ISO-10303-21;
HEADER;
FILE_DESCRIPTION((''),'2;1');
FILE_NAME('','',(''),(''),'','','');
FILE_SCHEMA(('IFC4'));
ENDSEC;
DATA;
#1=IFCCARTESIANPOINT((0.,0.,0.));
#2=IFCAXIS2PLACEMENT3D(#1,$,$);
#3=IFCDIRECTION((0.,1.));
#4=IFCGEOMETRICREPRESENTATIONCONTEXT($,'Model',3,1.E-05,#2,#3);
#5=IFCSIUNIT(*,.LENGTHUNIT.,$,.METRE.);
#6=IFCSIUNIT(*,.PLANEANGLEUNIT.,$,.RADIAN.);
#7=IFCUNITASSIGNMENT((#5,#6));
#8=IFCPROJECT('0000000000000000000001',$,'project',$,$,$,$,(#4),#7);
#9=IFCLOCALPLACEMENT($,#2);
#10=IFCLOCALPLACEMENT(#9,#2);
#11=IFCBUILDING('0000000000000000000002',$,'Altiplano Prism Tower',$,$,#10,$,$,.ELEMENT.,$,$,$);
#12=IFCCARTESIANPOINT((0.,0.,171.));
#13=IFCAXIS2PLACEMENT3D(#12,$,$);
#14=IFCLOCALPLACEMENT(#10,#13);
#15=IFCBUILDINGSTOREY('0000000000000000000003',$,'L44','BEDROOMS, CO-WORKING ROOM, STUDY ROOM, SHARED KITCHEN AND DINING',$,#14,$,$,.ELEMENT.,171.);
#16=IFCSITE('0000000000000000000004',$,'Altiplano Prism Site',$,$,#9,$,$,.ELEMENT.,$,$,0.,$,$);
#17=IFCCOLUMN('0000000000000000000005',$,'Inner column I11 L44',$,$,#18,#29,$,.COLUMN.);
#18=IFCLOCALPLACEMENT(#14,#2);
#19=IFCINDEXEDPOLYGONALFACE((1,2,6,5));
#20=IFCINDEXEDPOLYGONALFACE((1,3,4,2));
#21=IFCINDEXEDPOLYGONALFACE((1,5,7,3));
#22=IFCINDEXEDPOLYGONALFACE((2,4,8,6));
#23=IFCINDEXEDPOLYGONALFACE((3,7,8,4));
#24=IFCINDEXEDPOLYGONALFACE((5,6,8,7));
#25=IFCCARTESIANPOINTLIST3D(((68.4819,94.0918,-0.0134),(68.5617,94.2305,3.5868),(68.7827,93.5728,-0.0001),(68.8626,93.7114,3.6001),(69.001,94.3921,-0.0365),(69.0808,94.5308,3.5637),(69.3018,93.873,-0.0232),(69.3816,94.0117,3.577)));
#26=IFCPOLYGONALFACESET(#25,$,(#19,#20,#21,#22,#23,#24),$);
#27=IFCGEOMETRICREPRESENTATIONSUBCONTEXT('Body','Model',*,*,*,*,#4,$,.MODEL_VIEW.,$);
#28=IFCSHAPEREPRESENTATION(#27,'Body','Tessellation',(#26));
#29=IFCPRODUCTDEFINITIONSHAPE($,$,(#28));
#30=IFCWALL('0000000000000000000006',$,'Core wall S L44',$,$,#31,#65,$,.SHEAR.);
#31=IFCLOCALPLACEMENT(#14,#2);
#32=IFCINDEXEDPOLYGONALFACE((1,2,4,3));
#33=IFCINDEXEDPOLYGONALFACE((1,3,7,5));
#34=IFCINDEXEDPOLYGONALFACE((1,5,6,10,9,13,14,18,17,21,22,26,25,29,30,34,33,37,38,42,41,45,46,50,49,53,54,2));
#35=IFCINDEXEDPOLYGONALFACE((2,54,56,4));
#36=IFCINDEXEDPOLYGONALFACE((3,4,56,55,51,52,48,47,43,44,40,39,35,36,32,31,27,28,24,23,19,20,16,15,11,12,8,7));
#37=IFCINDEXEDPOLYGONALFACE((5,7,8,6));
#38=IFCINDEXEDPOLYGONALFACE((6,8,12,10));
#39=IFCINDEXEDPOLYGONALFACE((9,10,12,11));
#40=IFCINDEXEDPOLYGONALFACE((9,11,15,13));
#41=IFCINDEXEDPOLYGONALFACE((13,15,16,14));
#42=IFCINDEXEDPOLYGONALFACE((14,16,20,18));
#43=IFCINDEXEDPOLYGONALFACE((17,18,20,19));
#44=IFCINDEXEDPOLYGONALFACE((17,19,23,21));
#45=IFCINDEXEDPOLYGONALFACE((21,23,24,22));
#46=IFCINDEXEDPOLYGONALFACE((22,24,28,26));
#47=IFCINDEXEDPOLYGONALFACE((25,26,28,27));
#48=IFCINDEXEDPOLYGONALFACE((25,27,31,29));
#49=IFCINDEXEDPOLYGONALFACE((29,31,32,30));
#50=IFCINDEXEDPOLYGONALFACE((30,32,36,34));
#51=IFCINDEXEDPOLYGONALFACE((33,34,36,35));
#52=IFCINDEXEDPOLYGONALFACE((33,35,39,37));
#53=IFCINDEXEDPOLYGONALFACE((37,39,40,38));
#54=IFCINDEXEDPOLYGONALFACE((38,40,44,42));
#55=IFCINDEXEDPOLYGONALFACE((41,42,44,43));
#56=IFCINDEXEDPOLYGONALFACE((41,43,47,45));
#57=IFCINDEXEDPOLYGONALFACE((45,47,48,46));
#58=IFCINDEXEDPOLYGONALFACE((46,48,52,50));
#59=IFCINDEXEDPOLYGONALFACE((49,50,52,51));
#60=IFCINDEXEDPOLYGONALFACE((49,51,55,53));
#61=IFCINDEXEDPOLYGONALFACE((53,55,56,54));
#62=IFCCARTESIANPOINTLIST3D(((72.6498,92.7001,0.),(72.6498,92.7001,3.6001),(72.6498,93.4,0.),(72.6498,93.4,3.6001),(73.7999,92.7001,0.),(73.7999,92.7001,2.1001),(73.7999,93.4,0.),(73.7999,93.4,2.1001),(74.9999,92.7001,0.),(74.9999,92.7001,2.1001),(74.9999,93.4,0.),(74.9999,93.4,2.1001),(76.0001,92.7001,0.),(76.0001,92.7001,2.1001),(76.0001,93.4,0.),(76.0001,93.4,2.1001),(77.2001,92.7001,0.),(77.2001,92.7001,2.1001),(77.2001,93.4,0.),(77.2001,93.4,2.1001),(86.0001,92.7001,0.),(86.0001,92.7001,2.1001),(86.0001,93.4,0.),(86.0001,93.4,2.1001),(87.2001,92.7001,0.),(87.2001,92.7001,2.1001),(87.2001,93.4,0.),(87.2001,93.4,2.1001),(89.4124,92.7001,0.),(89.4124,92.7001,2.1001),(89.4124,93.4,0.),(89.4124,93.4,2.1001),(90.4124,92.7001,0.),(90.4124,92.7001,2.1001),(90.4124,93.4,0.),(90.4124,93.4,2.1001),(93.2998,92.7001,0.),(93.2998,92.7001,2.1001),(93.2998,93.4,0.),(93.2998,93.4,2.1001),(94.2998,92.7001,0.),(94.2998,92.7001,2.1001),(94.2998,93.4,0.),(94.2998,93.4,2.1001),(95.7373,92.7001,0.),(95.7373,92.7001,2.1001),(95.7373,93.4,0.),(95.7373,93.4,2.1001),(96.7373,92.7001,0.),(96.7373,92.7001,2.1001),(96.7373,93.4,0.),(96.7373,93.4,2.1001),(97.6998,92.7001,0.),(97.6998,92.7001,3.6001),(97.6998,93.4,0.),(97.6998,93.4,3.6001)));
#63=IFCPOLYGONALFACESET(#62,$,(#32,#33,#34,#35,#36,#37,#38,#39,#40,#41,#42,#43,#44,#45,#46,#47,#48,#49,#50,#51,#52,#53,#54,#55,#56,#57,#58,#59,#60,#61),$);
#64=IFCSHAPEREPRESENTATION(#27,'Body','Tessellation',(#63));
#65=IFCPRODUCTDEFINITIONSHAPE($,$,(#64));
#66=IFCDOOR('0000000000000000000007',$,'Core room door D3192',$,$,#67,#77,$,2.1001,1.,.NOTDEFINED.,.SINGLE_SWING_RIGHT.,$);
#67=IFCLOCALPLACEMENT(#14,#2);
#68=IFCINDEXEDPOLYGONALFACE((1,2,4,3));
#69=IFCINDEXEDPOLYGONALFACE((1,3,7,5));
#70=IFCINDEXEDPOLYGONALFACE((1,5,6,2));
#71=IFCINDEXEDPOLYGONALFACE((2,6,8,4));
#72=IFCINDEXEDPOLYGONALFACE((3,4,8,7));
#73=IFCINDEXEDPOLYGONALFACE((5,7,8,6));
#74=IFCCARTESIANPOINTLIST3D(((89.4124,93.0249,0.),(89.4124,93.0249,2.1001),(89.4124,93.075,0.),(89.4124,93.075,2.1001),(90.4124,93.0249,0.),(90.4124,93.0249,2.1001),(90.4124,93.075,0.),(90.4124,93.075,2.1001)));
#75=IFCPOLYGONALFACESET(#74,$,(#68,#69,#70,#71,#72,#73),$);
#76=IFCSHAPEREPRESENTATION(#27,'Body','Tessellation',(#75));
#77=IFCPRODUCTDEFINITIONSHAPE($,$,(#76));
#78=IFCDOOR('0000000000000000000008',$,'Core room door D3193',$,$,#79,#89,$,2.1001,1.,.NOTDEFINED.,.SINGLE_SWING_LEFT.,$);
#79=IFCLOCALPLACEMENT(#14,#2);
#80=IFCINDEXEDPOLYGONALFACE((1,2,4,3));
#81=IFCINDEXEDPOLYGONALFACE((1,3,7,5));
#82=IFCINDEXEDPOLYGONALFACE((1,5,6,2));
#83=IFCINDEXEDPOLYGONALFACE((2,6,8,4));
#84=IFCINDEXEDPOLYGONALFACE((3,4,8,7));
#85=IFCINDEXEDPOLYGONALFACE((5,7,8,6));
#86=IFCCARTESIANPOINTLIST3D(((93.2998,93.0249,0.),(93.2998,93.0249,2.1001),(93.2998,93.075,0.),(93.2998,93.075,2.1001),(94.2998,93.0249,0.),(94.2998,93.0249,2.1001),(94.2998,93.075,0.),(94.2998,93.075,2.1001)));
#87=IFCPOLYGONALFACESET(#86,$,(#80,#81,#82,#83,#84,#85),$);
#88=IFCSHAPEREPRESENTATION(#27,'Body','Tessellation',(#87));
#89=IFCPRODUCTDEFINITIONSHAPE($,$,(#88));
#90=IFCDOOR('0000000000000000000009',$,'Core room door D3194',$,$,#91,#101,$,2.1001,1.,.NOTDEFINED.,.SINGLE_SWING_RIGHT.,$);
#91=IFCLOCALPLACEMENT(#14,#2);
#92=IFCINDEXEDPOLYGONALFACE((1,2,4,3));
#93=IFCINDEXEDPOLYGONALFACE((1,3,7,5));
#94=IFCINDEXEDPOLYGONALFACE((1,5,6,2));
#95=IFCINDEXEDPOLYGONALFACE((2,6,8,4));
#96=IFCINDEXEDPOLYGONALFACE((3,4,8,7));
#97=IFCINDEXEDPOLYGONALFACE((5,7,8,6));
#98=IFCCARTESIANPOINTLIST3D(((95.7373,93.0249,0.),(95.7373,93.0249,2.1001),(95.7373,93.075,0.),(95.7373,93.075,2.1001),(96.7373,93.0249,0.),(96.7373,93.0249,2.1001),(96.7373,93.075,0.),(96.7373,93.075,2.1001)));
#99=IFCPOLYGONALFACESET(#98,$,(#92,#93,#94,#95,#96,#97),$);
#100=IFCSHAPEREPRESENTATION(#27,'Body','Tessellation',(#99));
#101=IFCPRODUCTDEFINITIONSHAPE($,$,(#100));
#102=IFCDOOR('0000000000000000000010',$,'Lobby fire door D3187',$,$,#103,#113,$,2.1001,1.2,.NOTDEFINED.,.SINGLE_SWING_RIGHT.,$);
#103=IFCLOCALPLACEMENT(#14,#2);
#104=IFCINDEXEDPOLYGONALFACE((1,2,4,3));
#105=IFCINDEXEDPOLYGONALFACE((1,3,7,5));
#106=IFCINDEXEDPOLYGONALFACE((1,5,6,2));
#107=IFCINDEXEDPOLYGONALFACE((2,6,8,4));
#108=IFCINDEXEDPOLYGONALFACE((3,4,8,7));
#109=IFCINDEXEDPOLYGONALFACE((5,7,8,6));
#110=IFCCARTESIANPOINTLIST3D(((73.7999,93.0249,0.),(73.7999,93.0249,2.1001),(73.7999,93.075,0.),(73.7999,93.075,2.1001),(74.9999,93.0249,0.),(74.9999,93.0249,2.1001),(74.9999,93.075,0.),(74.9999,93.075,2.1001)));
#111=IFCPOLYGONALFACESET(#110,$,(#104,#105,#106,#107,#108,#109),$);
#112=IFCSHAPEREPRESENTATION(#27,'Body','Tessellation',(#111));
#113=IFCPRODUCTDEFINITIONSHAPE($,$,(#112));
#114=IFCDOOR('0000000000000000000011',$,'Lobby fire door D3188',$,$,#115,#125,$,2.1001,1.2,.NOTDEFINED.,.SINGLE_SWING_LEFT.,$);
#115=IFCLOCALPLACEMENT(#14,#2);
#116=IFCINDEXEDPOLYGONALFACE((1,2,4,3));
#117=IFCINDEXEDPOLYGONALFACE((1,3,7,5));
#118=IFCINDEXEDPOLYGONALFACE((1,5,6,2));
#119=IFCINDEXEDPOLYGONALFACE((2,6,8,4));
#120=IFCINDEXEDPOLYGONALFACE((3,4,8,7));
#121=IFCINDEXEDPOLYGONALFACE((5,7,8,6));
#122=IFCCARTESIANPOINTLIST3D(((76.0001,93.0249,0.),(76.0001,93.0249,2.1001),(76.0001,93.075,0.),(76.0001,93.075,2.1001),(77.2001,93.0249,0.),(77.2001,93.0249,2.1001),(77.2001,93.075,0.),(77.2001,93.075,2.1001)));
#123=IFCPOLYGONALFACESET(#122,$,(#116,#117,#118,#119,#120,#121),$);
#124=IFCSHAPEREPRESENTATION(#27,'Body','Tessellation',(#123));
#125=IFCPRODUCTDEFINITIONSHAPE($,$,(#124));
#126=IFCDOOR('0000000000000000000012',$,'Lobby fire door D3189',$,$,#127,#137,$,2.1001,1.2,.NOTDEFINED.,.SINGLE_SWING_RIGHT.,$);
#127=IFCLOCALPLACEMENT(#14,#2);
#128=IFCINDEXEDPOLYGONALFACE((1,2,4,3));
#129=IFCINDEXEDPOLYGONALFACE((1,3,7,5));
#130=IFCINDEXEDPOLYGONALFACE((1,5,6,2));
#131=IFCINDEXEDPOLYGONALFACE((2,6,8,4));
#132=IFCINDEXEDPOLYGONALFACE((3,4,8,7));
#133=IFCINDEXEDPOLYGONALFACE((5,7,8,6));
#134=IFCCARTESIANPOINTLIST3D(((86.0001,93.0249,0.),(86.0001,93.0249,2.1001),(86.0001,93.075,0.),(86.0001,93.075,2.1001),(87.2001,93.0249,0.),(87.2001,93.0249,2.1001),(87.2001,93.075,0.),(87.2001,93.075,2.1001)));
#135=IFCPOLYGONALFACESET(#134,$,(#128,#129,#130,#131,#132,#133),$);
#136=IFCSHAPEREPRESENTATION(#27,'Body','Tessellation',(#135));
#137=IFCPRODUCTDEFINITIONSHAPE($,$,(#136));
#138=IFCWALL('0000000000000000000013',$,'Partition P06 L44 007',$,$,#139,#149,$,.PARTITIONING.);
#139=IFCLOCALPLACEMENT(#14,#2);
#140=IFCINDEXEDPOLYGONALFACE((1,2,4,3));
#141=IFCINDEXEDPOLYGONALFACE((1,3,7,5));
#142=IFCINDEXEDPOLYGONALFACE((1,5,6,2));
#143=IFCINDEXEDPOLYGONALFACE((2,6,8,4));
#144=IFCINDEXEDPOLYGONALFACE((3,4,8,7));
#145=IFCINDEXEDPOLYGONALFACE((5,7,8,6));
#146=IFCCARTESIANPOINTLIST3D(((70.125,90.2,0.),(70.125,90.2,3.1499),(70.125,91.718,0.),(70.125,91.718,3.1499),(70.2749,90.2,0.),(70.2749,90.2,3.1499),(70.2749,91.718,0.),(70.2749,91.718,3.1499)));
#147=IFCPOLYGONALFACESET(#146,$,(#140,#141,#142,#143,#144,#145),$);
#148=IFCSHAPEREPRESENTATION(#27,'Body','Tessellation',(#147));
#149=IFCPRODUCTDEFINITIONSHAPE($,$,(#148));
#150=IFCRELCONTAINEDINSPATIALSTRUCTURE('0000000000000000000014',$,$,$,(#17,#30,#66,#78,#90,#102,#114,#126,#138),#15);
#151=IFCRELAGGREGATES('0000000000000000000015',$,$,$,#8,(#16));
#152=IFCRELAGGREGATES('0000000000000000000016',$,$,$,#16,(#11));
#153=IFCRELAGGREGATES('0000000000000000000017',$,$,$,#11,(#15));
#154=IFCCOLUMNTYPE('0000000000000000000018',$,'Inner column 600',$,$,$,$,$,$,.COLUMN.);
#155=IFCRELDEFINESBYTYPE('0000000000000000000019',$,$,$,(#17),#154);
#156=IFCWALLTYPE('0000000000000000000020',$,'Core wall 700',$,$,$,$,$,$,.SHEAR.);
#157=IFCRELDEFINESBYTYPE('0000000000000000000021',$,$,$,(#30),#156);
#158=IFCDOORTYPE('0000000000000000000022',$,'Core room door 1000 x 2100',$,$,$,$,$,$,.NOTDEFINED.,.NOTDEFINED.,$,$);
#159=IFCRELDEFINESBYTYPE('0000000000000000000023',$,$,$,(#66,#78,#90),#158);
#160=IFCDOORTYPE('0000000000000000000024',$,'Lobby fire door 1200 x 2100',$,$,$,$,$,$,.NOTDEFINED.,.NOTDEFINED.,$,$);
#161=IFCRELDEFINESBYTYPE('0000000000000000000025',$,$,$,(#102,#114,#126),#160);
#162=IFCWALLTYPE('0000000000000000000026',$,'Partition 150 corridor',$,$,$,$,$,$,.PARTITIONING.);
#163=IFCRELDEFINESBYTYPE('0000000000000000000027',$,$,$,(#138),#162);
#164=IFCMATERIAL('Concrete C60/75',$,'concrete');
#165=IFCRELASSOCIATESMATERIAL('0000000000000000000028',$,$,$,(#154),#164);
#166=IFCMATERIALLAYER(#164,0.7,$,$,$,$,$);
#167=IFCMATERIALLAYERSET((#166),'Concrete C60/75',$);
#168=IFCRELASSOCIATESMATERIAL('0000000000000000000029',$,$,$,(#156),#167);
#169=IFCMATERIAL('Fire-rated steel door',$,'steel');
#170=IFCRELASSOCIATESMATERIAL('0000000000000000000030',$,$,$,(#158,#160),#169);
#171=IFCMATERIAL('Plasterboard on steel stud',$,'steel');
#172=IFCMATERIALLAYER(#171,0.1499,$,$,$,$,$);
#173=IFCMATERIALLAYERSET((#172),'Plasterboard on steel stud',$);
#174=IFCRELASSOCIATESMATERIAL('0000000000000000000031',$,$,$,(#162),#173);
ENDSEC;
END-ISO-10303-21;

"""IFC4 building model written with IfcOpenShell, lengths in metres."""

from ifc_helpers import new_model, si_unit, direction, frame, frame_2d, origin, origin_2d, place, context, subcontext, project, spatial, rectangle, extrude, material, layer, layer_set, material_profile, profile_set, type_object, element, fill, save


model = new_model("IFC4")

# Units and contexts
model_context = context("Model", 3, precision=1e-05, world=origin(), true_north=direction((0.0, 1.0)))
body_context = subcontext(model_context, "Body", "Model", "MODEL_VIEW")
ifc_project = project(units=[si_unit("LENGTHUNIT", "METRE"), si_unit("PLANEANGLEUNIT", "RADIAN")], contexts=[model_context])

# Site, building, storey
site_placement = place(None, origin())
site = spatial("IfcSite", under=ifc_project, at=site_placement, Name="Altiplano Prism Site", CompositionType="ELEMENT", RefElevation=0.0)
building_placement = place(site_placement, origin())
building = spatial("IfcBuilding", under=site, at=building_placement, Name="Altiplano Prism Tower", CompositionType="ELEMENT")
storey_placement = place(building_placement, frame((0.0, 0.0, 171.0)))
storey = spatial("IfcBuildingStorey", under=building, at=storey_placement, Name="L44", Description="BEDROOMS, CO-WORKING ROOM, STUDY ROOM, SHARED KITCHEN AND DINING", CompositionType="ELEMENT", Elevation=171.0)

# Column
ifc_material_1 = material(Name="Concrete C60/75", Category="concrete")
ifc_material_profile = material_profile(ifc_material_1, rectangle(XDim=0.6001, YDim=0.6001, at=origin_2d()), Name="Inner column 600")
ifc_profile_set = profile_set([ifc_material_profile], Name="Concrete C60/75")
column_type = type_object("IfcColumnType", Name="Inner column 600", PredefinedType="COLUMN", material=ifc_profile_set)
column_placement = place(storey_placement, frame((68.8918, 93.9824, -0.0183), z_axis=(0.022154, 0.038481, 0.999014), x_axis=(-0.86498, -0.500331, 0.038454)))
element("IfcColumn", 1, at=column_placement, inside=storey, type_object=column_type, Name="Inner column I11 L44", PredefinedType="COLUMN", context=body_context, shape_type="SweptSolid", body=[
    extrude(rectangle(XDim=0.6001, YDim=0.6001, at=origin_2d()), origin(), (0.0, 0.0, 1.0), 3.6038),
])

# Wall, openings, doors
ifc_layer_1 = layer(ifc_material_1, 0.7)
ifc_layer_set_1 = layer_set([ifc_layer_1], Name="Concrete C60/75")
wall_type_1 = type_object("IfcWallType", Name="Core wall 700", PredefinedType="SHEAR", material=ifc_layer_set_1)
wall_1_placement = place(storey_placement, frame((72.6499, 93.05, 0.0), z_axis=(0.0, 0.0, 1.0), x_axis=(1.0, 0.0, 0.0)))
wall_1 = element("IfcWall", 2, at=wall_1_placement, inside=storey, type_object=wall_type_1, Name="Core wall S L44", PredefinedType="SHEAR", context=body_context, shape_type="SweptSolid", body=[
    extrude(rectangle(XDim=25.05, YDim=0.7, at=frame_2d((12.5249, 0.0))), origin(), (0.0, 0.0, 1.0), 3.6001),
])
opening_1_placement = place(wall_1_placement, frame((1.1499, 0.0, 0.0)))
opening_1 = element("IfcOpeningElement", 3, at=opening_1_placement, cuts=wall_1, PredefinedType="OPENING", context=body_context, shape_type="SweptSolid", body=[
    extrude(rectangle(XDim=1.2, YDim=2.1001, at=frame_2d((0.6001, 1.05))), frame((0.0, 0.3604, 0.0), z_axis=(0.0, -1.0, 0.0), x_axis=(1.0, 0.0, 0.0)), (0.0, 0.0, 1.0), 0.7209),
])
opening_2_placement = place(wall_1_placement, frame((3.3501, 0.0, 0.0)))
opening_2 = element("IfcOpeningElement", 4, at=opening_2_placement, cuts=wall_1, PredefinedType="OPENING", context=body_context, shape_type="SweptSolid", body=[
    extrude(rectangle(XDim=1.2, YDim=2.1001, at=frame_2d((0.6001, 1.05))), frame((0.0, 0.3604, 0.0), z_axis=(0.0, -1.0, 0.0), x_axis=(1.0, 0.0, 0.0)), (0.0, 0.0, 1.0), 0.7209),
])
opening_3_placement = place(wall_1_placement, frame((13.3501, 0.0, 0.0)))
opening_3 = element("IfcOpeningElement", 5, at=opening_3_placement, cuts=wall_1, PredefinedType="OPENING", context=body_context, shape_type="SweptSolid", body=[
    extrude(rectangle(XDim=1.2, YDim=2.1001, at=frame_2d((0.6001, 1.05))), frame((0.0, 0.3604, 0.0), z_axis=(0.0, -1.0, 0.0), x_axis=(1.0, 0.0, 0.0)), (0.0, 0.0, 1.0), 0.7209),
])
opening_4_placement = place(wall_1_placement, frame((16.7625, 0.0, 0.0)))
opening_4 = element("IfcOpeningElement", 6, at=opening_4_placement, cuts=wall_1, PredefinedType="OPENING", context=body_context, shape_type="SweptSolid", body=[
    extrude(rectangle(XDim=1.0, YDim=2.1001, at=frame_2d((0.5, 1.05))), frame((0.0, 0.3604, 0.0), z_axis=(0.0, -1.0, 0.0), x_axis=(1.0, 0.0, 0.0)), (0.0, 0.0, 1.0), 0.7209),
])
opening_5_placement = place(wall_1_placement, frame((20.6499, 0.0, 0.0)))
opening_5 = element("IfcOpeningElement", 7, at=opening_5_placement, cuts=wall_1, PredefinedType="OPENING", context=body_context, shape_type="SweptSolid", body=[
    extrude(rectangle(XDim=1.0, YDim=2.1001, at=frame_2d((0.5, 1.05))), frame((0.0, 0.3604, 0.0), z_axis=(0.0, -1.0, 0.0), x_axis=(1.0, 0.0, 0.0)), (0.0, 0.0, 1.0), 0.7209),
])
opening_6_placement = place(wall_1_placement, frame((23.0874, 0.0, 0.0)))
opening_6 = element("IfcOpeningElement", 8, at=opening_6_placement, cuts=wall_1, PredefinedType="OPENING", context=body_context, shape_type="SweptSolid", body=[
    extrude(rectangle(XDim=1.0, YDim=2.1001, at=frame_2d((0.5, 1.05))), frame((0.0, 0.3604, 0.0), z_axis=(0.0, -1.0, 0.0), x_axis=(1.0, 0.0, 0.0)), (0.0, 0.0, 1.0), 0.7209),
])
ifc_material_2 = material(Name="Fire-rated steel door", Category="steel")
door_type_1 = type_object("IfcDoorType", Name="Core room door 1000 x 2100", OperationType="NOTDEFINED", PredefinedType="NOTDEFINED", material=ifc_material_2)
door_1_placement = place(opening_4_placement, origin())
door_1 = element("IfcDoor", 9, at=door_1_placement, inside=storey, type_object=door_type_1, Name="Core room door D3192", OperationType="SINGLE_SWING_RIGHT", OverallHeight=2.1001, OverallWidth=1.0, PredefinedType="NOTDEFINED", context=body_context, shape_type="SweptSolid", body=[
    extrude(rectangle(XDim=1.0, YDim=2.1001, at=frame_2d((0.5, 1.05))), frame((0.0, 0.0249, 0.0), z_axis=(0.0, -1.0, 0.0), x_axis=(1.0, 0.0, 0.0)), (0.0, 0.0, 1.0), 0.05),
])
fill(opening_4, door_1)
door_2_placement = place(opening_5_placement, origin())
door_2 = element("IfcDoor", 10, at=door_2_placement, inside=storey, type_object=door_type_1, Name="Core room door D3193", OperationType="SINGLE_SWING_LEFT", OverallHeight=2.1001, OverallWidth=1.0, PredefinedType="NOTDEFINED", context=body_context, shape_type="SweptSolid", body=[
    extrude(rectangle(XDim=1.0, YDim=2.1001, at=frame_2d((0.5, 1.05))), frame((0.0, 0.0249, 0.0), z_axis=(0.0, -1.0, 0.0), x_axis=(1.0, 0.0, 0.0)), (0.0, 0.0, 1.0), 0.05),
])
fill(opening_5, door_2)
door_3_placement = place(opening_6_placement, origin())
door_3 = element("IfcDoor", 11, at=door_3_placement, inside=storey, type_object=door_type_1, Name="Core room door D3194", OperationType="SINGLE_SWING_RIGHT", OverallHeight=2.1001, OverallWidth=1.0, PredefinedType="NOTDEFINED", context=body_context, shape_type="SweptSolid", body=[
    extrude(rectangle(XDim=1.0, YDim=2.1001, at=frame_2d((0.5, 1.05))), frame((0.0, 0.0249, 0.0), z_axis=(0.0, -1.0, 0.0), x_axis=(1.0, 0.0, 0.0)), (0.0, 0.0, 1.0), 0.05),
])
fill(opening_6, door_3)
door_type_2 = type_object("IfcDoorType", Name="Lobby fire door 1200 x 2100", OperationType="NOTDEFINED", PredefinedType="NOTDEFINED", material=ifc_material_2)
door_4_placement = place(opening_1_placement, origin())
door_4 = element("IfcDoor", 12, at=door_4_placement, inside=storey, type_object=door_type_2, Name="Lobby fire door D3187", OperationType="SINGLE_SWING_RIGHT", OverallHeight=2.1001, OverallWidth=1.2, PredefinedType="NOTDEFINED", context=body_context, shape_type="SweptSolid", body=[
    extrude(rectangle(XDim=1.2, YDim=2.1001, at=frame_2d((0.6001, 1.05))), frame((0.0, 0.0249, 0.0), z_axis=(0.0, -1.0, 0.0), x_axis=(1.0, 0.0, 0.0)), (0.0, 0.0, 1.0), 0.05),
])
fill(opening_1, door_4)
door_5_placement = place(opening_2_placement, origin())
door_5 = element("IfcDoor", 13, at=door_5_placement, inside=storey, type_object=door_type_2, Name="Lobby fire door D3188", OperationType="SINGLE_SWING_LEFT", OverallHeight=2.1001, OverallWidth=1.2, PredefinedType="NOTDEFINED", context=body_context, shape_type="SweptSolid", body=[
    extrude(rectangle(XDim=1.2, YDim=2.1001, at=frame_2d((0.6001, 1.05))), frame((0.0, 0.0249, 0.0), z_axis=(0.0, -1.0, 0.0), x_axis=(1.0, 0.0, 0.0)), (0.0, 0.0, 1.0), 0.05),
])
fill(opening_2, door_5)
door_6_placement = place(opening_3_placement, origin())
door_6 = element("IfcDoor", 14, at=door_6_placement, inside=storey, type_object=door_type_2, Name="Lobby fire door D3189", OperationType="SINGLE_SWING_RIGHT", OverallHeight=2.1001, OverallWidth=1.2, PredefinedType="NOTDEFINED", context=body_context, shape_type="SweptSolid", body=[
    extrude(rectangle(XDim=1.2, YDim=2.1001, at=frame_2d((0.6001, 1.05))), frame((0.0, 0.0249, 0.0), z_axis=(0.0, -1.0, 0.0), x_axis=(1.0, 0.0, 0.0)), (0.0, 0.0, 1.0), 0.05),
])
fill(opening_3, door_6)

# Wall
ifc_material_3 = material(Name="Plasterboard on steel stud", Category="steel")
ifc_layer_2 = layer(ifc_material_3, 0.1499)
ifc_layer_set_2 = layer_set([ifc_layer_2], Name="Plasterboard on steel stud")
wall_type_2 = type_object("IfcWallType", Name="Partition 150 corridor", PredefinedType="PARTITIONING", material=ifc_layer_set_2)
wall_2_placement = place(storey_placement, frame((70.2, 91.718, 0.0), z_axis=(0.0, 0.0, 1.0), x_axis=(0.0, -1.0, 0.0)))
element("IfcWall", 15, at=wall_2_placement, inside=storey, type_object=wall_type_2, Name="Partition P06 L44 007", PredefinedType="PARTITIONING", context=body_context, shape_type="SweptSolid", body=[
    extrude(rectangle(XDim=1.5181, YDim=0.1499, at=frame_2d((0.759, 0.0))), origin(), (0.0, 0.0, 1.0), 3.1499),
])

save(model, "model.ifc")
